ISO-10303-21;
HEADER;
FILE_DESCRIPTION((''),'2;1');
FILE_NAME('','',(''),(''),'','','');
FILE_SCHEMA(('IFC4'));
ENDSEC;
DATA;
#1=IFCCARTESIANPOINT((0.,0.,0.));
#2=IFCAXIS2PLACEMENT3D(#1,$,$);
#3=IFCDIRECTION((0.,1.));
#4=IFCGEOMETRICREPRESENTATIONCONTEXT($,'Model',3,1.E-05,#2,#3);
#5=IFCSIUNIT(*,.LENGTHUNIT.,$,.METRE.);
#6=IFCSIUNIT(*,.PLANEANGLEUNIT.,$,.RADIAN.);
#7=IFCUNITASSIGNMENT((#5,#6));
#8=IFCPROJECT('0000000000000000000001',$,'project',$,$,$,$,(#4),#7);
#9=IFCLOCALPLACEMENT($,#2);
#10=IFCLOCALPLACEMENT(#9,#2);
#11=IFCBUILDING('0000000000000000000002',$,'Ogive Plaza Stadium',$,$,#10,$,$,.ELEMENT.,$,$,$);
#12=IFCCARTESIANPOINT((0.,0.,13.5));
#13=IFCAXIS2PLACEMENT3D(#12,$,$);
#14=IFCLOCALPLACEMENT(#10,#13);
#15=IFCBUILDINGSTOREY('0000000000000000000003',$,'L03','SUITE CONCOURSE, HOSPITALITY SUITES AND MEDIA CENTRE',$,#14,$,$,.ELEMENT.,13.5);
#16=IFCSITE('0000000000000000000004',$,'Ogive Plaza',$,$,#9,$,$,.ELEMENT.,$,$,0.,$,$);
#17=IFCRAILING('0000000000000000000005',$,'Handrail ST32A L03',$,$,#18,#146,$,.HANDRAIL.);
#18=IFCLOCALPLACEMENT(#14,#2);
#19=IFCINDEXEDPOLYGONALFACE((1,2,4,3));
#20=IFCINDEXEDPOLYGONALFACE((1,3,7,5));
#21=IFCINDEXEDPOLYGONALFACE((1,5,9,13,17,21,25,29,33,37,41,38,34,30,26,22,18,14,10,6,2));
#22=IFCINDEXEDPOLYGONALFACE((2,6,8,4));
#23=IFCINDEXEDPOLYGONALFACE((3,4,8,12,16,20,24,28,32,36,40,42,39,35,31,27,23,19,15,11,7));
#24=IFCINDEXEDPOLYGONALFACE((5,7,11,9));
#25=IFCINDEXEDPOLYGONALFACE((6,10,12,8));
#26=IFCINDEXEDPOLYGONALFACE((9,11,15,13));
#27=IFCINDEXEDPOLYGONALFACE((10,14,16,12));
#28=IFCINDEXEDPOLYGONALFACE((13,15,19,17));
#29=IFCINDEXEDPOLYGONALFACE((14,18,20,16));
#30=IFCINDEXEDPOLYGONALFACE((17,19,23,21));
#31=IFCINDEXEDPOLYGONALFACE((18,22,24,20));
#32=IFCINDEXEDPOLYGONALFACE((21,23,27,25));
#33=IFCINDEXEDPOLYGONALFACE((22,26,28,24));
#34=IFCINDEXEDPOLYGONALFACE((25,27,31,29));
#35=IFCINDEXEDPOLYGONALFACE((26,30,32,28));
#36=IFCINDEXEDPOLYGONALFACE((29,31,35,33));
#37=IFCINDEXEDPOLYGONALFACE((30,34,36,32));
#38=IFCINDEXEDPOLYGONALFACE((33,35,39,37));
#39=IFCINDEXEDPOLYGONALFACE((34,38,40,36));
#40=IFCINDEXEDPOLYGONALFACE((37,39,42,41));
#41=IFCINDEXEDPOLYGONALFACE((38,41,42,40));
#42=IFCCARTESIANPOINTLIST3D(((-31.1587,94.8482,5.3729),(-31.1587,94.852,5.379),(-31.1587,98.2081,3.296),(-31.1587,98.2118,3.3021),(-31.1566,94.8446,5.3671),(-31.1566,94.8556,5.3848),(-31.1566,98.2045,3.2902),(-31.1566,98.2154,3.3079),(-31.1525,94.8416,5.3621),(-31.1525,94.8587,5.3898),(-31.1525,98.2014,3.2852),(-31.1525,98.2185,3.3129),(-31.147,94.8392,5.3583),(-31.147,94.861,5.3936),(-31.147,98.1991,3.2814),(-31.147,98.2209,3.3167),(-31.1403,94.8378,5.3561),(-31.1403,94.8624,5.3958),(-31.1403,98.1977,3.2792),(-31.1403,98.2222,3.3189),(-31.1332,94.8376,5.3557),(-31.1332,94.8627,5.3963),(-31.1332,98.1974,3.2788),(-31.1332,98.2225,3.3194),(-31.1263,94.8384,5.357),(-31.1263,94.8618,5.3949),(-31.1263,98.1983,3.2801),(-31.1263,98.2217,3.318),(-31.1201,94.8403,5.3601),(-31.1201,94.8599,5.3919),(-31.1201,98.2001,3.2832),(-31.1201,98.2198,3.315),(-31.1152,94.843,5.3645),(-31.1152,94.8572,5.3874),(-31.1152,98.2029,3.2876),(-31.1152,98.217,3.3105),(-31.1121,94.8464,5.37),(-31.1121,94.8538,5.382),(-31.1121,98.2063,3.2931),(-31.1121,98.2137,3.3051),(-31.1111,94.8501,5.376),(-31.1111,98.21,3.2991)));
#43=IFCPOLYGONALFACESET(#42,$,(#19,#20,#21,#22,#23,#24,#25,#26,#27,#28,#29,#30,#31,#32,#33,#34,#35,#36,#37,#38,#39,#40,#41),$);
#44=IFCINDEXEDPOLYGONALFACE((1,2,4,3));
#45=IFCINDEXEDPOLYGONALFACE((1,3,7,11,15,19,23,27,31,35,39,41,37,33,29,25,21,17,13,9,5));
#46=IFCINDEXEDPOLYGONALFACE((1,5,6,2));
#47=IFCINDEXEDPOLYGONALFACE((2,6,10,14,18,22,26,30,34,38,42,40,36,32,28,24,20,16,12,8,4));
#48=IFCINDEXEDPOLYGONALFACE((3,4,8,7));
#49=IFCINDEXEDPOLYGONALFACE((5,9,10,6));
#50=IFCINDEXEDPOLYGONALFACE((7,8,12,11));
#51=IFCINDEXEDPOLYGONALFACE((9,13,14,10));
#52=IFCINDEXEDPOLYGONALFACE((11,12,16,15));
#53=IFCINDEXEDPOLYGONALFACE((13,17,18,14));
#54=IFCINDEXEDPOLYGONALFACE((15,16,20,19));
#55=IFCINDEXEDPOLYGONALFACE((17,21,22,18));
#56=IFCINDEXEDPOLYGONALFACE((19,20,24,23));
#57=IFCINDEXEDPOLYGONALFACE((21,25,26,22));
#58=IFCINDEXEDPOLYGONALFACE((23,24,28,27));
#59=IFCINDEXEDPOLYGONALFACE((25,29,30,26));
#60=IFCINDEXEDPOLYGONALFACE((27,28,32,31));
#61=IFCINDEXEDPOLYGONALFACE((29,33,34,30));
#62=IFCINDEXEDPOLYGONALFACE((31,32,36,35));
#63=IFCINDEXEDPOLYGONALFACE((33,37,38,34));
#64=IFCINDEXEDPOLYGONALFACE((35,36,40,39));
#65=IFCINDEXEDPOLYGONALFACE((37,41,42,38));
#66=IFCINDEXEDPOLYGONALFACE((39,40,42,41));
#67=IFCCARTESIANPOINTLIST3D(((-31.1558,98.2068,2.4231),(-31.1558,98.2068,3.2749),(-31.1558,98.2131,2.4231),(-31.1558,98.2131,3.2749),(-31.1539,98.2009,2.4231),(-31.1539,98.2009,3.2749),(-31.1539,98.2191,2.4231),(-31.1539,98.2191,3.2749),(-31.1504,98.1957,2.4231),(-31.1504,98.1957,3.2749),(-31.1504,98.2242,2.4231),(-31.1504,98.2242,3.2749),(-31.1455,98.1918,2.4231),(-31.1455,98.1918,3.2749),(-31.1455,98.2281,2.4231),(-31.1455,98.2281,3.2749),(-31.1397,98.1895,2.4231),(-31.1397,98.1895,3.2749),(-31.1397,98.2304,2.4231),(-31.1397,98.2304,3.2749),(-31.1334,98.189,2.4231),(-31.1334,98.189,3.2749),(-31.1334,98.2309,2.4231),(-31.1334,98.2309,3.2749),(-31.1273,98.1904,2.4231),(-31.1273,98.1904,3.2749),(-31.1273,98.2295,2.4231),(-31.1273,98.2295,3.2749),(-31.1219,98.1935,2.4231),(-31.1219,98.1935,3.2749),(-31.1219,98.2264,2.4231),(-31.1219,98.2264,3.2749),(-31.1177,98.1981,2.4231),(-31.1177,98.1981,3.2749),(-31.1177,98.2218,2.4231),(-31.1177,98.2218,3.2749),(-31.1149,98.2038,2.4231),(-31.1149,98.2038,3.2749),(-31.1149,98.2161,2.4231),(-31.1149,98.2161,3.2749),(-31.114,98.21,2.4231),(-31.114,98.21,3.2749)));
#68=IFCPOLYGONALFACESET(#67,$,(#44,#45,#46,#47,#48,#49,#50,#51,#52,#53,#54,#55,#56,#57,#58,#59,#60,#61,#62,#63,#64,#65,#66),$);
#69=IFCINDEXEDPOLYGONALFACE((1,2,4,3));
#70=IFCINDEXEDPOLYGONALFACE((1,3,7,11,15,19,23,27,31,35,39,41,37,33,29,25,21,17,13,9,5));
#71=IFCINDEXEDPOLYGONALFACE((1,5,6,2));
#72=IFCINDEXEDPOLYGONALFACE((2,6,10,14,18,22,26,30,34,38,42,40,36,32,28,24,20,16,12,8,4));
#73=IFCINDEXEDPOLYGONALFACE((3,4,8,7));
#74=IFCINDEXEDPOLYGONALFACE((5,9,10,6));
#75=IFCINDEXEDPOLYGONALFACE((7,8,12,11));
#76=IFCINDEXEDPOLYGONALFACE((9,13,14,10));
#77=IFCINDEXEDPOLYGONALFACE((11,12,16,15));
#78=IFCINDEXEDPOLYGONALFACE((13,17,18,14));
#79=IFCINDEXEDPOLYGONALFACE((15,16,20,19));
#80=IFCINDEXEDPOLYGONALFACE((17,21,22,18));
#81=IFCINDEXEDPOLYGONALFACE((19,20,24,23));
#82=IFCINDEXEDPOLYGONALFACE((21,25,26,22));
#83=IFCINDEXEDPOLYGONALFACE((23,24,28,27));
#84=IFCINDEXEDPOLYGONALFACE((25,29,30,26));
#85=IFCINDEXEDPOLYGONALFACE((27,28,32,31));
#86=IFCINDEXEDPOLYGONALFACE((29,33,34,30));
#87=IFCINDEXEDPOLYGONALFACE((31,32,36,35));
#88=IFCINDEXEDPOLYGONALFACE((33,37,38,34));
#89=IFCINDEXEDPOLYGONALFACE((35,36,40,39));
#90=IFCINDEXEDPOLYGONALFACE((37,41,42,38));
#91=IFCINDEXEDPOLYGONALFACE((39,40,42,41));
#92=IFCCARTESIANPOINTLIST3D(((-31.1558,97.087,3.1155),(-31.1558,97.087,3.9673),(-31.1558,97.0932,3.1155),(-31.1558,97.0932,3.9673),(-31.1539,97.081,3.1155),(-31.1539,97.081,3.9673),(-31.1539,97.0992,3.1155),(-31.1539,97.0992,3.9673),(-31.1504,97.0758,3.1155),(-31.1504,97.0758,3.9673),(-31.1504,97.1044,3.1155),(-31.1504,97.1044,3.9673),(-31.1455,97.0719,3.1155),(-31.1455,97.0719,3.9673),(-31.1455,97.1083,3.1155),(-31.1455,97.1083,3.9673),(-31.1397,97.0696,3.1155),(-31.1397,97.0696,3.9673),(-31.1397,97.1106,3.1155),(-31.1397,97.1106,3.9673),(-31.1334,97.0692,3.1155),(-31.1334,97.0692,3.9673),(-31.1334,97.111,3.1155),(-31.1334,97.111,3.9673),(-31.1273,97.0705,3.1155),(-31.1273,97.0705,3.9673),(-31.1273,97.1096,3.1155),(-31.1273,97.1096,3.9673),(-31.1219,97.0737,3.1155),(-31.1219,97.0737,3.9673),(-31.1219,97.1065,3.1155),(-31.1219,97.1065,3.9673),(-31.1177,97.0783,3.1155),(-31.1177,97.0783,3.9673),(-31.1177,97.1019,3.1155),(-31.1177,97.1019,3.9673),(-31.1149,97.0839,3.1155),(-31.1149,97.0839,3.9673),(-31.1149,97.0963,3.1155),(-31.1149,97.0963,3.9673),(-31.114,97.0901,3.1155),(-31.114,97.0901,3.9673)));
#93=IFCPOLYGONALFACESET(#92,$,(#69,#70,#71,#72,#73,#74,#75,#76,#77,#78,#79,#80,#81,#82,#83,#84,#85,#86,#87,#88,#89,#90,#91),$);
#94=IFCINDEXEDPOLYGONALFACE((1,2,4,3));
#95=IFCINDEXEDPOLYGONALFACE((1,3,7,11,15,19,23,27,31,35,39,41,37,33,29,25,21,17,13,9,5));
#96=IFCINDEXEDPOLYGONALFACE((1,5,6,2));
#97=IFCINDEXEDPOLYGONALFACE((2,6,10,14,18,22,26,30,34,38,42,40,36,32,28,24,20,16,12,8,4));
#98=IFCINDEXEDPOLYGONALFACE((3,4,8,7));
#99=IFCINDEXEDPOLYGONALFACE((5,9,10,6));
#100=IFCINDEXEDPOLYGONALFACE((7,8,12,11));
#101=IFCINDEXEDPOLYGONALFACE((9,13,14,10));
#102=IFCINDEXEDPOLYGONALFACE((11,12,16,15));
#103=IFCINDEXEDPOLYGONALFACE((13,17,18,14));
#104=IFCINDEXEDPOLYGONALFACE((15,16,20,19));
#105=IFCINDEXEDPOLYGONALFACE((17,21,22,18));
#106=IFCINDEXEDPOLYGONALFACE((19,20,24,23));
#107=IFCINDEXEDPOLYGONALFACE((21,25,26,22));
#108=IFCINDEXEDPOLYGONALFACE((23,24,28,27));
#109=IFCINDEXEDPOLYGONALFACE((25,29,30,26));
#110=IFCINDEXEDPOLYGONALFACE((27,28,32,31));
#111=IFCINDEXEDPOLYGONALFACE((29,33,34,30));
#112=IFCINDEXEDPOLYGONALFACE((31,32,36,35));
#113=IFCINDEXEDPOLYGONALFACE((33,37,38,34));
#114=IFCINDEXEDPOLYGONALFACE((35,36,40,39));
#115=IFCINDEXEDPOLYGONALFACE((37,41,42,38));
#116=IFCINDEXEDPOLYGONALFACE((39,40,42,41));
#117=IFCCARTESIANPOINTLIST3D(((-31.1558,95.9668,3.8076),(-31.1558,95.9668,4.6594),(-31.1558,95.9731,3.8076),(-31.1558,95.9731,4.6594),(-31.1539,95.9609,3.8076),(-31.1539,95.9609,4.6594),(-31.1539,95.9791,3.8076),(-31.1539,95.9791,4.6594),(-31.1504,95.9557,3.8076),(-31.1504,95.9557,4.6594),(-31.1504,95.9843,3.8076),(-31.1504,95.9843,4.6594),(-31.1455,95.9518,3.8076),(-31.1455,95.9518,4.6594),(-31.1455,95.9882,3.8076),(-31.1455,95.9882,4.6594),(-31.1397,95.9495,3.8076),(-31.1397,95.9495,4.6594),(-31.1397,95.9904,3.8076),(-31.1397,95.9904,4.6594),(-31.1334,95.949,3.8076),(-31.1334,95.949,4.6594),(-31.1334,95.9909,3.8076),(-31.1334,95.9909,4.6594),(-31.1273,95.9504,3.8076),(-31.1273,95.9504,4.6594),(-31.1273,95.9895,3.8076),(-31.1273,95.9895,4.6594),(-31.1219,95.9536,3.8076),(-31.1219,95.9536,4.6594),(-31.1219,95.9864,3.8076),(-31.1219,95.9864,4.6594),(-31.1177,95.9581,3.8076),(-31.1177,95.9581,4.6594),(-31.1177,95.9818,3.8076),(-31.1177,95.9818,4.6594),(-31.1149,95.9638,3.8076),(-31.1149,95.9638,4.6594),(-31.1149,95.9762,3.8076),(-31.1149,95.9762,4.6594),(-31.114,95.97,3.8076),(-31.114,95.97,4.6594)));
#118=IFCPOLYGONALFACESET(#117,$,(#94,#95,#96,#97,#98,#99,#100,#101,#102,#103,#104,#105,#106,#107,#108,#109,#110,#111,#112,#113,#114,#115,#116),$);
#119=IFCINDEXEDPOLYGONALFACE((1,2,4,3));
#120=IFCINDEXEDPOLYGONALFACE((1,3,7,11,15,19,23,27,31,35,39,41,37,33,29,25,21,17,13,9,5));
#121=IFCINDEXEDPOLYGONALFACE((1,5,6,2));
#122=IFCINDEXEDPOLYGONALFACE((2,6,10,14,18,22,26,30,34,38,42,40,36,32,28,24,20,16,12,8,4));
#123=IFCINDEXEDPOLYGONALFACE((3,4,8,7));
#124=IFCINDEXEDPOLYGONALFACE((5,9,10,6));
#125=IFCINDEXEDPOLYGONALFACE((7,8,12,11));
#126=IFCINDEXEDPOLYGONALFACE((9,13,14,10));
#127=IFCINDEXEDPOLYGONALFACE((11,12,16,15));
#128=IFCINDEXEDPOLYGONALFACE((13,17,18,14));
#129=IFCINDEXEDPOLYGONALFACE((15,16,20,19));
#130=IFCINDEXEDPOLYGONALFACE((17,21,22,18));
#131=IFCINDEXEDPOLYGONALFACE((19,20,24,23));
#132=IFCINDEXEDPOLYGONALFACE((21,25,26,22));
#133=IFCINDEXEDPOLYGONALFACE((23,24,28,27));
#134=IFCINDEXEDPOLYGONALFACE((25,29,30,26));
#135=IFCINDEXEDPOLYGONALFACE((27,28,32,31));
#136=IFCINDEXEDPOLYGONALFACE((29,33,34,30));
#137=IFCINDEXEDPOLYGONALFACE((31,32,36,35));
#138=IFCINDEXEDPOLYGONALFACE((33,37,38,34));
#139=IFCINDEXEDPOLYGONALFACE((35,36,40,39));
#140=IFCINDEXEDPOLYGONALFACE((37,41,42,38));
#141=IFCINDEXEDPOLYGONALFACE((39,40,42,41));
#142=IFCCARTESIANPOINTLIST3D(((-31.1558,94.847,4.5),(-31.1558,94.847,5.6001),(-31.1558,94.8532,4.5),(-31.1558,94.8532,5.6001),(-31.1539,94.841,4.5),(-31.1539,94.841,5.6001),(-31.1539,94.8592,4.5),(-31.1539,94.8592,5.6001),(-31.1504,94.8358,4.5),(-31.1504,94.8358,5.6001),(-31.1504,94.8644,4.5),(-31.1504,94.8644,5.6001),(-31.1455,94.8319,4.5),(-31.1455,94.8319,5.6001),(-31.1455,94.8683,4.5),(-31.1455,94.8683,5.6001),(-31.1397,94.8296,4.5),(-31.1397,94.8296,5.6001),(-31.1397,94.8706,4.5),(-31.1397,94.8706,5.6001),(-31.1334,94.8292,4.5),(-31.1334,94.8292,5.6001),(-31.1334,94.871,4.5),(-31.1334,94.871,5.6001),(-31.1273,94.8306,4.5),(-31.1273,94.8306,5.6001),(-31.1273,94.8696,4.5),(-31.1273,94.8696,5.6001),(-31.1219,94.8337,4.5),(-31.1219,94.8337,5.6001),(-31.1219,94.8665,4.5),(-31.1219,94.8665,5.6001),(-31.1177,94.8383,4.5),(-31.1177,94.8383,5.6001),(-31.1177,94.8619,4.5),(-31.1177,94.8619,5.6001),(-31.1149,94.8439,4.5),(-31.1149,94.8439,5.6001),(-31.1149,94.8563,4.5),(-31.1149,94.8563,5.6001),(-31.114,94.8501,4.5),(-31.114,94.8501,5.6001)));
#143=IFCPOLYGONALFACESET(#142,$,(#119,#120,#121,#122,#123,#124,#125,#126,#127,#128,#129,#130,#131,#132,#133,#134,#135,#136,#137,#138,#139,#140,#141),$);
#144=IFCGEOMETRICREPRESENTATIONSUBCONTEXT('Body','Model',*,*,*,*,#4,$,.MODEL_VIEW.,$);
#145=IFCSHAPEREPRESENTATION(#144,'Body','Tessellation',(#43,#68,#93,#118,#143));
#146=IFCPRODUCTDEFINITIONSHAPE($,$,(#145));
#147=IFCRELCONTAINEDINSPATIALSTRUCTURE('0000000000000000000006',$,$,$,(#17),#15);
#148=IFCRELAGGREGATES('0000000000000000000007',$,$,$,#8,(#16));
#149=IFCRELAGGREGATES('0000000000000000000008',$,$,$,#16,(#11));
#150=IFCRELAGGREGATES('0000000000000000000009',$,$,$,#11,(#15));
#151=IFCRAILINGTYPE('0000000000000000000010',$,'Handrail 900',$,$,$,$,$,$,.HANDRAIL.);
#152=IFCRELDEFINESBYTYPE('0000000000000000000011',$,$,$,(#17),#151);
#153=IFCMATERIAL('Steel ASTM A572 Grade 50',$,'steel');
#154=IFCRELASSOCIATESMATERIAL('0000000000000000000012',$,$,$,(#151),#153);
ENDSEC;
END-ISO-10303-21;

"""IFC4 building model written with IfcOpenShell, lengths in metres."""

from ifc_helpers import new_model, si_unit, direction, frame, origin, origin_2d, place, context, subcontext, project, spatial, circle, extrude, material, type_object, element, save


model = new_model("IFC4")

# Units and contexts
model_context = context("Model", 3, precision=1e-05, world=origin(), true_north=direction((0.0, 1.0)))
body_context = subcontext(model_context, "Body", "Model", "MODEL_VIEW")
ifc_project = project(units=[si_unit("LENGTHUNIT", "METRE"), si_unit("PLANEANGLEUNIT", "RADIAN")], contexts=[model_context])

# Site, building, storey
site_placement = place(None, origin())
site = spatial("IfcSite", under=ifc_project, at=site_placement, Name="Ogive Plaza", CompositionType="ELEMENT", RefElevation=0.0)
building_placement = place(site_placement, origin())
building = spatial("IfcBuilding", under=site, at=building_placement, Name="Ogive Plaza Stadium", CompositionType="ELEMENT")
storey_placement = place(building_placement, frame((0.0, 0.0, 13.5)))
storey = spatial("IfcBuildingStorey", under=building, at=storey_placement, Name="L03", Description="SUITE CONCOURSE, HOSPITALITY SUITES AND MEDIA CENTRE", CompositionType="ELEMENT", Elevation=13.5)

# Railing
ifc_material_1 = material(Name="Steel ASTM A572 Grade 50", Category="steel")
railing_type_1 = type_object("IfcRailingType", Name="Handrail 900", PredefinedType="HANDRAIL", material=ifc_material_1)
for number, where, name in (
    (1, (-31.135, 98.21, 2.4231), "Handrail ST32A L03"),
):
    element("IfcRailing", number, at=place(storey_placement, frame(where)), inside=storey, type_object=railing_type_1, Name=name, PredefinedType="HANDRAIL", context=body_context, shape_type="SweptSolid", body=[
        extrude(circle(Radius=0.0239, at=origin_2d()), frame((0.0, 0.0, 0.876), z_axis=(0.0, -0.850606, 0.525803), x_axis=(1.0, 0.0, 0.0)), (0.0, 0.0, 1.0), 3.95),
        extrude(circle(Radius=0.021, at=origin_2d()), origin(), (0.0, 0.0, 1.0), 0.8518),
        extrude(circle(Radius=0.021, at=origin_2d()), frame((0.0, -1.1199, 0.6924)), (0.0, 0.0, 1.0), 0.8518),
        extrude(circle(Radius=0.021, at=origin_2d()), frame((0.0, -2.24, 1.3845)), (0.0, 0.0, 1.0), 0.8518),
        extrude(circle(Radius=0.021, at=origin_2d()), frame((0.0, -3.3599, 2.0769)), (0.0, 0.0, 1.0), 1.1001),
    ])

save(model, "model.ifc")
